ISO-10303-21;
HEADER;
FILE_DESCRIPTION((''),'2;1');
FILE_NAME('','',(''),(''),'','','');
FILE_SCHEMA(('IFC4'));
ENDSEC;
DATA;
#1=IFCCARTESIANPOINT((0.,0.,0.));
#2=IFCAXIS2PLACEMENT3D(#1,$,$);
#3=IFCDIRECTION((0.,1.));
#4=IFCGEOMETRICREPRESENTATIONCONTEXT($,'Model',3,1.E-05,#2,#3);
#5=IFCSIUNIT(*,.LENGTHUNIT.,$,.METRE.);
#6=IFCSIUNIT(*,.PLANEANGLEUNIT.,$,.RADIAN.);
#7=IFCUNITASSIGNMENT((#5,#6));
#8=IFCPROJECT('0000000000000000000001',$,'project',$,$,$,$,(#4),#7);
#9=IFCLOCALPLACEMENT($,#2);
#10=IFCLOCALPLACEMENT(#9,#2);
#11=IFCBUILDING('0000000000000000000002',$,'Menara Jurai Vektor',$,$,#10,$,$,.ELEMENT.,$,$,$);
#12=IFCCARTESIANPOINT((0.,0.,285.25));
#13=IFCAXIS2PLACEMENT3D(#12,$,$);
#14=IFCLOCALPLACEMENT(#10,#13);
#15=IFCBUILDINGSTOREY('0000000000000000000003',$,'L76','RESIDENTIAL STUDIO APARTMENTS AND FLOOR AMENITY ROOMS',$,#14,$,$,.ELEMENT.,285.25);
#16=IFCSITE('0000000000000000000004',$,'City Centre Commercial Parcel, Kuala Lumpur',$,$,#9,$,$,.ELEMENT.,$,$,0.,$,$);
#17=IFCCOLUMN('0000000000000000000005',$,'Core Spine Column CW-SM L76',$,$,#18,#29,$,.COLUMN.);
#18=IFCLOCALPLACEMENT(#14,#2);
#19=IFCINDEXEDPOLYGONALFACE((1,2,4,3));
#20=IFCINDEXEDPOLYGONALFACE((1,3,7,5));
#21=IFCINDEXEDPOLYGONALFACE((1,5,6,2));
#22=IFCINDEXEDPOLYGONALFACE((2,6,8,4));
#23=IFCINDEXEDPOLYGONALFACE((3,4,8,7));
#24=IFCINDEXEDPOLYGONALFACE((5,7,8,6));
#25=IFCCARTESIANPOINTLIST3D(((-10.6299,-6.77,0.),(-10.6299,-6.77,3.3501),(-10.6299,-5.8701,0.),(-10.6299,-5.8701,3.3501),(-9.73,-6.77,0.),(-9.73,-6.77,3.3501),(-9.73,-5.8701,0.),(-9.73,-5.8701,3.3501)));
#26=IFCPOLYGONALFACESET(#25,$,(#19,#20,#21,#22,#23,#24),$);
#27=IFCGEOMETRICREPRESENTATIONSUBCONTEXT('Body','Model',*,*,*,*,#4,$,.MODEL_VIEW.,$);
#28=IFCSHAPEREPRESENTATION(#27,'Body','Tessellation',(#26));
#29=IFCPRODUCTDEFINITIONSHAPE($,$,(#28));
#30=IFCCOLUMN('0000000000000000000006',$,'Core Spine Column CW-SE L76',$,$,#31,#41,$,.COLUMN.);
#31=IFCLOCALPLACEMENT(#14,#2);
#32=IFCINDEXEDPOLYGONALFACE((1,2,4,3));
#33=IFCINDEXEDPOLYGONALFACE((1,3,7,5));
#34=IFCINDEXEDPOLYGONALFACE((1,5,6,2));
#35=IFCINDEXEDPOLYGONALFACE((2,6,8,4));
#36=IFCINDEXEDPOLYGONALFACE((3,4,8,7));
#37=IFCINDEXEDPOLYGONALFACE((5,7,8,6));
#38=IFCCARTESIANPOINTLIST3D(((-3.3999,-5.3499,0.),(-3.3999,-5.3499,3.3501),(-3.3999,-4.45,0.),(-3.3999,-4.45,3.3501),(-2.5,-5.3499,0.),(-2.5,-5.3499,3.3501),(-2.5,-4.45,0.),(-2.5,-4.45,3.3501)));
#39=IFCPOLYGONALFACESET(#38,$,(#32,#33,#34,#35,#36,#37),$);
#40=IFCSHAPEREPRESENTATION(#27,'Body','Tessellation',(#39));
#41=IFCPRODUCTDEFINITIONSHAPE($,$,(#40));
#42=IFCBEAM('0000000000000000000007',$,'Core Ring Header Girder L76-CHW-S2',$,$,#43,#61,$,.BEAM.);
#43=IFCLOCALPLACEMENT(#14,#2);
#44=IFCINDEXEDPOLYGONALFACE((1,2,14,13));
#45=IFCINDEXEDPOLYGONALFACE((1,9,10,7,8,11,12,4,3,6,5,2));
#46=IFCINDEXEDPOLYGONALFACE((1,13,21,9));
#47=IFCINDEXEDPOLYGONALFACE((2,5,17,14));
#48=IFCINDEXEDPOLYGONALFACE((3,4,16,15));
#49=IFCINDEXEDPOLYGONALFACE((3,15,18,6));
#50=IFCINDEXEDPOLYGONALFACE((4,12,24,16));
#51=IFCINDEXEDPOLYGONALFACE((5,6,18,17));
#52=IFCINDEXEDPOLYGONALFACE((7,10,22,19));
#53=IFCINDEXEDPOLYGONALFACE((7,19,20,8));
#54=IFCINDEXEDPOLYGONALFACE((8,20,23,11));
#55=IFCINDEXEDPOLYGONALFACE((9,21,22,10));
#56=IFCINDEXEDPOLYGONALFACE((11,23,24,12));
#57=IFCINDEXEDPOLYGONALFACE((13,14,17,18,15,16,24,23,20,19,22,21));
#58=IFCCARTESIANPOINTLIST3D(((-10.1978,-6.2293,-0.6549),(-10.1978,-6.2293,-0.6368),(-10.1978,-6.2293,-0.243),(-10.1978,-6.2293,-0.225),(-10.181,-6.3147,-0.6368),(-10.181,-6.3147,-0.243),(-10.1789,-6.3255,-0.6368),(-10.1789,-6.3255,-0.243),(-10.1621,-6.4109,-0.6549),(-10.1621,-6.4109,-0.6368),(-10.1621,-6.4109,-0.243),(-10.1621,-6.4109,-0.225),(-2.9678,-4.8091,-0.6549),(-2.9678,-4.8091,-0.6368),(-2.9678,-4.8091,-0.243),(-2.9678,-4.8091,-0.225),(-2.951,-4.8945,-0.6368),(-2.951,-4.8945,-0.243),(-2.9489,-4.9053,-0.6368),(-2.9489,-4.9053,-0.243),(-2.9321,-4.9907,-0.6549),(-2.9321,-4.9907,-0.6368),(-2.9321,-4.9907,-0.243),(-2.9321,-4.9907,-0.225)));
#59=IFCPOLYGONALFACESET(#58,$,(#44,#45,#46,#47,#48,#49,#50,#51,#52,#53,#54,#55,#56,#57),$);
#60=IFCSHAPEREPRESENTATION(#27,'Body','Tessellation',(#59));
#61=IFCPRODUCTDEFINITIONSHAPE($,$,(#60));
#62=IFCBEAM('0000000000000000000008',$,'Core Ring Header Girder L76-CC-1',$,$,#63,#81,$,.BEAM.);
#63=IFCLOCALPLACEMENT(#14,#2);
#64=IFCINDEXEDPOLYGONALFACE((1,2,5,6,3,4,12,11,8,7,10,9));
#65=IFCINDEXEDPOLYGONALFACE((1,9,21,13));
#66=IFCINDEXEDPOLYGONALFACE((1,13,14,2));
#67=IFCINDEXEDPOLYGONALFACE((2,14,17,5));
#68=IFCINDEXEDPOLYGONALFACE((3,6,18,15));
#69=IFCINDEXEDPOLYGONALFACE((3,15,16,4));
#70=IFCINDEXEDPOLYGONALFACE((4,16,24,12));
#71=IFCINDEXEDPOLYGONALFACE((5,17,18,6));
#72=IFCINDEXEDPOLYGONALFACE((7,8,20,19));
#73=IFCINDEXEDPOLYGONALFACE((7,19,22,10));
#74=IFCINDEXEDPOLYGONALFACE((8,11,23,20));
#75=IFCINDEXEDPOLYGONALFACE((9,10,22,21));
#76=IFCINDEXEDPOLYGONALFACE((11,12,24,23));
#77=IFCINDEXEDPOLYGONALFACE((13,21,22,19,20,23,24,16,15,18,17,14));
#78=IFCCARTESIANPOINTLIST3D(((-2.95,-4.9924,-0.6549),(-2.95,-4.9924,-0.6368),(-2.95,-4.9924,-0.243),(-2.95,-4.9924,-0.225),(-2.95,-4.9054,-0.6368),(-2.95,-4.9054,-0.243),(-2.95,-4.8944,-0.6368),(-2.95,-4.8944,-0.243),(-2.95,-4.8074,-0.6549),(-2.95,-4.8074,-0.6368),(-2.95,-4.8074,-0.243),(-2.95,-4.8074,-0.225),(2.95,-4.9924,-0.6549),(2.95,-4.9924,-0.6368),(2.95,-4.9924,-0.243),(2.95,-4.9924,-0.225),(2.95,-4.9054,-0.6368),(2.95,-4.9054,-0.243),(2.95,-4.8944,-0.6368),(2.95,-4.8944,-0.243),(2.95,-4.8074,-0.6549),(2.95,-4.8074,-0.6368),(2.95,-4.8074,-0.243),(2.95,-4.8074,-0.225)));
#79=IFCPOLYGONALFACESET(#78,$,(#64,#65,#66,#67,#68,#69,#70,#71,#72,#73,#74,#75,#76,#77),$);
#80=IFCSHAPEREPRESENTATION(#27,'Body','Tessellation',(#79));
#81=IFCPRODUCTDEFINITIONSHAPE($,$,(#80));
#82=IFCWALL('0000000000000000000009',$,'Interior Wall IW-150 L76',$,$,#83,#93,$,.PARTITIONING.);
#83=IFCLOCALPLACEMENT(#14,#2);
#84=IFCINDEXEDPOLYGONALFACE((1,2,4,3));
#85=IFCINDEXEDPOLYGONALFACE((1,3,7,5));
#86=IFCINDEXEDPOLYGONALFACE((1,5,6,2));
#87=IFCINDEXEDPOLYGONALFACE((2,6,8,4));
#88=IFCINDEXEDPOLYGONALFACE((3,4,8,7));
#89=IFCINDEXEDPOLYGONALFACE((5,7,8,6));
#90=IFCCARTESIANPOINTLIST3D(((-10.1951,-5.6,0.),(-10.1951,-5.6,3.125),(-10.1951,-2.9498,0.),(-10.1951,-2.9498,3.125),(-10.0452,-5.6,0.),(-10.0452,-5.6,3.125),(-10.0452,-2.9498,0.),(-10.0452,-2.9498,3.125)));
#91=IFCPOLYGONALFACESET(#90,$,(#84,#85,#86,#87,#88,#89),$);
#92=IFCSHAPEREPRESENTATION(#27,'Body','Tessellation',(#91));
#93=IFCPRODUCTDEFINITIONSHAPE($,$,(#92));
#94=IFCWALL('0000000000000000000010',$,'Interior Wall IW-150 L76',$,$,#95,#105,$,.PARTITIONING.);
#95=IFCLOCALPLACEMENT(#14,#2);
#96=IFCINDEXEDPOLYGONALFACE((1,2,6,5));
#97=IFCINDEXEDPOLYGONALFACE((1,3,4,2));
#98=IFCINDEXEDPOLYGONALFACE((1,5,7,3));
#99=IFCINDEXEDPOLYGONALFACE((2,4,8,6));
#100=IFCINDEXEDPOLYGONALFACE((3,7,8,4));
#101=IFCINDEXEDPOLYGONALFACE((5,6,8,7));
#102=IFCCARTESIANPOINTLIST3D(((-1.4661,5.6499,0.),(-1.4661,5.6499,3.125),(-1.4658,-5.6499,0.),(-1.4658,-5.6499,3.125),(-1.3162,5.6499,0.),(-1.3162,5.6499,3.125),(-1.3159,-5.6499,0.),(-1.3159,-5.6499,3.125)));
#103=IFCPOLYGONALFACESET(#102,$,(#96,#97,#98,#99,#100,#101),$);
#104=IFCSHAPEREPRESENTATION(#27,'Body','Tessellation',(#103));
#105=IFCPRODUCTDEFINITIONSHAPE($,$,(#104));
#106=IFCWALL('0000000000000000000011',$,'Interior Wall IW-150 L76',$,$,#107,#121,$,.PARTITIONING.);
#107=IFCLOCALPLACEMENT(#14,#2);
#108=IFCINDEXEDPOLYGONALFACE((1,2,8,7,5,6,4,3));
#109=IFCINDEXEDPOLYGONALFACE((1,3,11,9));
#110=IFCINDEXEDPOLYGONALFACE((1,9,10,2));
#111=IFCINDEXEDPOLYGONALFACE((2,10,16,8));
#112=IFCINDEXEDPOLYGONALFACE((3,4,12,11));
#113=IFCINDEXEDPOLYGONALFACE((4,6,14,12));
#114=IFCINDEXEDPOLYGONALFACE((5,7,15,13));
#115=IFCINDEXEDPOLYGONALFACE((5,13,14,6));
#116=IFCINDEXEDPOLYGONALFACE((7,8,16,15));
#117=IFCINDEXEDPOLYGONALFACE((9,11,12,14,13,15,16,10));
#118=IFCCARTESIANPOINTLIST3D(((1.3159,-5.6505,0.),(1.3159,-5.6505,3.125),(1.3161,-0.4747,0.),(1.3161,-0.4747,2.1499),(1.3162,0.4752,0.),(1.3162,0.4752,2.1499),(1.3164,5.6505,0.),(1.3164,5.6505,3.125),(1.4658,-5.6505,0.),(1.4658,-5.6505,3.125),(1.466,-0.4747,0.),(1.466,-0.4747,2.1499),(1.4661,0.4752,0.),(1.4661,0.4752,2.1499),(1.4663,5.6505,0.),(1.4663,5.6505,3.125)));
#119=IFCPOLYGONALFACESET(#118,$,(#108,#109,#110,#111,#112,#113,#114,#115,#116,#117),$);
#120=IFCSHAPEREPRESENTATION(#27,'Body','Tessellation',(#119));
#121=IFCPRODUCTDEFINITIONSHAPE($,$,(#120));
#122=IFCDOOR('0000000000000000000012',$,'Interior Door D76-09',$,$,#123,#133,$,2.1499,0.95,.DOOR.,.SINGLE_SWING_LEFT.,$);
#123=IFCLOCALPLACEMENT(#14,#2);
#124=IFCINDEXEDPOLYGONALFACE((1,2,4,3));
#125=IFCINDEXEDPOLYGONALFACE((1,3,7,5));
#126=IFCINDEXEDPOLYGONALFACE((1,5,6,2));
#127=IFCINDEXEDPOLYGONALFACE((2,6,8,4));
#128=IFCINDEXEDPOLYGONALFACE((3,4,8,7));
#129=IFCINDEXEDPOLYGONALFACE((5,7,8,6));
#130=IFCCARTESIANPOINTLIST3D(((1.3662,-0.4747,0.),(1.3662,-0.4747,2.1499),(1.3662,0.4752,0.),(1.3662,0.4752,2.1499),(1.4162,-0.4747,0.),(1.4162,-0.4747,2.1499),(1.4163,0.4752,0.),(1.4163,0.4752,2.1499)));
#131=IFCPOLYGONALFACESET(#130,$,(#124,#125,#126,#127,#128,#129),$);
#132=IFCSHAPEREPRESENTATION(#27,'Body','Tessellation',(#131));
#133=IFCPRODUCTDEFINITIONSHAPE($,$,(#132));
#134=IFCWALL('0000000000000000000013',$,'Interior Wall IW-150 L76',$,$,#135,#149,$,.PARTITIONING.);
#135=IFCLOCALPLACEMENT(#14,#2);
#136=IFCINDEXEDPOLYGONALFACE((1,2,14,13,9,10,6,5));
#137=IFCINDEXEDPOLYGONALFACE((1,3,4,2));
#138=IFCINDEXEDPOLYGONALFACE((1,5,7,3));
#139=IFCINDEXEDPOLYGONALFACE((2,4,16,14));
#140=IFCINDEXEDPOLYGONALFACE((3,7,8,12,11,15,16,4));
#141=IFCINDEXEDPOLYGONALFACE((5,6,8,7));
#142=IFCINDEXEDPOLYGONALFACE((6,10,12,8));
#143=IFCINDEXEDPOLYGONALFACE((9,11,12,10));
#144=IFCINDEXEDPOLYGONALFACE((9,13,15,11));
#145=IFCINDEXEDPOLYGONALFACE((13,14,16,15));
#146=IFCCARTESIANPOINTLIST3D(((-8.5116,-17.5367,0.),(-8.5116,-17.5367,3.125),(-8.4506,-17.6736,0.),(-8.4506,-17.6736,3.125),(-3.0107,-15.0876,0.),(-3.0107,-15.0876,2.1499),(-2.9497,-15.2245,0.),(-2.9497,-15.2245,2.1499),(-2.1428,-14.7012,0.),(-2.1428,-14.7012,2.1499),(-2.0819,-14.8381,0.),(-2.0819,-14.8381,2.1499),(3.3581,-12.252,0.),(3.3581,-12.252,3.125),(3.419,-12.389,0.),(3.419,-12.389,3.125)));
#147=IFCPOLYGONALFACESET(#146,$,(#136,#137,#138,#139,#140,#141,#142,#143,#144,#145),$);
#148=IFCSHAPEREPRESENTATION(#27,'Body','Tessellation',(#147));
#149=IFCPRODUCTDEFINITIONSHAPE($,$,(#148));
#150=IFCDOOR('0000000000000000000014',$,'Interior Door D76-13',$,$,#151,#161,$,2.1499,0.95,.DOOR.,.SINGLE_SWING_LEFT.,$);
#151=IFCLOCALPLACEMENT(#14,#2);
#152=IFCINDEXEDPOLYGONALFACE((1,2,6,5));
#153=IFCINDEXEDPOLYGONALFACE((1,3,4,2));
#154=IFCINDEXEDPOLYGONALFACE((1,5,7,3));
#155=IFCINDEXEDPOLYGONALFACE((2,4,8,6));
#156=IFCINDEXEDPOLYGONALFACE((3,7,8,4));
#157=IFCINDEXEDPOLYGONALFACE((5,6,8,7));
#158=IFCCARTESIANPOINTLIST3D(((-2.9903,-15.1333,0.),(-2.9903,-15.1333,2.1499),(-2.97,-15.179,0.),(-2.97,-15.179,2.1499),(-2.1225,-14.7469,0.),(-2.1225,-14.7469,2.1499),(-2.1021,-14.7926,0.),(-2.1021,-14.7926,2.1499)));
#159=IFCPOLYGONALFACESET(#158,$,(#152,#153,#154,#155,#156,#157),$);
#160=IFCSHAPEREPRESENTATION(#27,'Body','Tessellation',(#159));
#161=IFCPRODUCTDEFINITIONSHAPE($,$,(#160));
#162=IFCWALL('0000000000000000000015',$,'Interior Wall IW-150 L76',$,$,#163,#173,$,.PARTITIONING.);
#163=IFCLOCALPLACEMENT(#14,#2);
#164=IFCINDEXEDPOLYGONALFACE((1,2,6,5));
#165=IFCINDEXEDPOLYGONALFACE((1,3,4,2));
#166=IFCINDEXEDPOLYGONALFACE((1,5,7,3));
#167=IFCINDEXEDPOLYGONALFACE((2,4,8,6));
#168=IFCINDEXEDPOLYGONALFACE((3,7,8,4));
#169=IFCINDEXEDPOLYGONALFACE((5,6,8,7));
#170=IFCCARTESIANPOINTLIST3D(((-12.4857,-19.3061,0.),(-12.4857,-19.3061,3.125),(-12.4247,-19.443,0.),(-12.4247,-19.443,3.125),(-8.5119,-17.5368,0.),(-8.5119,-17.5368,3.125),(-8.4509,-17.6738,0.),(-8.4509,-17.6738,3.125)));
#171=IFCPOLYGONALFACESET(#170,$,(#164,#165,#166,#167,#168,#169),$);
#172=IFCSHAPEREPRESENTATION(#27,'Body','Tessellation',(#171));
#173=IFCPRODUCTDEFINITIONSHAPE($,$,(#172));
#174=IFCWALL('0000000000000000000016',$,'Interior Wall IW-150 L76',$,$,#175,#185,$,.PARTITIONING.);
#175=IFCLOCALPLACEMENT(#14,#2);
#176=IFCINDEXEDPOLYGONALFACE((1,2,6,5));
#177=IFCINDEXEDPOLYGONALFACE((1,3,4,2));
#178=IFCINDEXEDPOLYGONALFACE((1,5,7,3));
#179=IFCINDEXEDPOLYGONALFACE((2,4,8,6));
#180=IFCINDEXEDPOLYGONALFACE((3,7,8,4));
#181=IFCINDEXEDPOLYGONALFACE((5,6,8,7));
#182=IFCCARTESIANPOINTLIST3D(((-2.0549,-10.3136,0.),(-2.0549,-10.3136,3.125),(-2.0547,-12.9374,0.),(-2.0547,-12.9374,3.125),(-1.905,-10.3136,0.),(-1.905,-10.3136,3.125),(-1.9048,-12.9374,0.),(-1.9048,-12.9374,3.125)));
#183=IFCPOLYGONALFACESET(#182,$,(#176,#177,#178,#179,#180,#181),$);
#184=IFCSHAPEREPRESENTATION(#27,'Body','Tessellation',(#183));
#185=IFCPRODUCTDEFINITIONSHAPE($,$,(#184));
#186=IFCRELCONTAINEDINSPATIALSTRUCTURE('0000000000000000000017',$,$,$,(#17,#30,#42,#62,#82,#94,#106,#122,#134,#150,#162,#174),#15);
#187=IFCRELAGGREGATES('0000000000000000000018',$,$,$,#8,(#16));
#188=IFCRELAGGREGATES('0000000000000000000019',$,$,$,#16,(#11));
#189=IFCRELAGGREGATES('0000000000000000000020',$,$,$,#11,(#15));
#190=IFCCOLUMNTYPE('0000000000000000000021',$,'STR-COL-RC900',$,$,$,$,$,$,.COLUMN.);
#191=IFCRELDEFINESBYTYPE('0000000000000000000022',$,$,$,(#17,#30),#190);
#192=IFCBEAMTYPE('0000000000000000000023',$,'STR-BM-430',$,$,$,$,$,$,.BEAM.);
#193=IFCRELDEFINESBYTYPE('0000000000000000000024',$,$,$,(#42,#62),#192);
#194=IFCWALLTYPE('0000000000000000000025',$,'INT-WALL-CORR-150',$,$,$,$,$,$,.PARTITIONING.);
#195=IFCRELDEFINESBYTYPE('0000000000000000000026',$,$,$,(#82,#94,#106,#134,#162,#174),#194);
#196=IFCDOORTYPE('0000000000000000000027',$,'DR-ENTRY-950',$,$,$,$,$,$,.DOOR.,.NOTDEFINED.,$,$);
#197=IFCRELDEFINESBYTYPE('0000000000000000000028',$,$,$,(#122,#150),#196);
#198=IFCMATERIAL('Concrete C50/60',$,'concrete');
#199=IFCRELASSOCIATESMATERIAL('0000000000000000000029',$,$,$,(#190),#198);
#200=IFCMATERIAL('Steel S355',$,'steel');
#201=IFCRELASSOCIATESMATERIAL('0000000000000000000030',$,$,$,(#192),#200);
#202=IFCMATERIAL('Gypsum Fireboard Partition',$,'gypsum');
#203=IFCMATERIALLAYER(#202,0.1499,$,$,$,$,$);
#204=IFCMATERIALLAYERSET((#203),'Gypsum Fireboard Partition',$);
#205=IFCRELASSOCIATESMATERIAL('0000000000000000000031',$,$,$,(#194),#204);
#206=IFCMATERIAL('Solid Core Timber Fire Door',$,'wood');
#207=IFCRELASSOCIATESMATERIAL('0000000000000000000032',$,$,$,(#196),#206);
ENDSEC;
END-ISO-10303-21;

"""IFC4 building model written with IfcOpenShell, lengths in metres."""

from ifc_helpers import new_model, si_unit, direction, frame, frame_2d, origin, origin_2d, place, context, subcontext, project, spatial, rectangle, i_section, extrude, material, layer, layer_set, material_profile, profile_set, type_object, element, fill, save


model = new_model("IFC4")

# Units and contexts
model_context = context("Model", 3, precision=1e-05, world=origin(), true_north=direction((0.0, 1.0)))
body_context = subcontext(model_context, "Body", "Model", "MODEL_VIEW")
ifc_project = project(units=[si_unit("LENGTHUNIT", "METRE"), si_unit("PLANEANGLEUNIT", "RADIAN")], contexts=[model_context])

# Site, building, storey
site_placement = place(None, origin())
site = spatial("IfcSite", under=ifc_project, at=site_placement, Name="City Centre Commercial Parcel, Kuala Lumpur", CompositionType="ELEMENT", RefElevation=0.0)
building_placement = place(site_placement, origin())
building = spatial("IfcBuilding", under=site, at=building_placement, Name="Menara Jurai Vektor", CompositionType="ELEMENT")
storey_placement = place(building_placement, frame((0.0, 0.0, 285.25)))
storey = spatial("IfcBuildingStorey", under=building, at=storey_placement, Name="L76", Description="RESIDENTIAL STUDIO APARTMENTS AND FLOOR AMENITY ROOMS", CompositionType="ELEMENT", Elevation=285.25)

# Columns
ifc_material_1 = material(Name="Concrete C50/60", Category="concrete")
ifc_material_profile_1 = material_profile(ifc_material_1, rectangle(XDim=0.8999, YDim=0.8999, at=origin_2d()), Name="RC 900x900")
ifc_profile_set_1 = profile_set([ifc_material_profile_1], Name="Concrete C50/60")
column_type = type_object("IfcColumnType", Name="STR-COL-RC900", PredefinedType="COLUMN", material=ifc_profile_set_1)
for number, where, z_axis, x_axis, name in (
    (1, (-10.1799, -6.3201, 0.0), (0.0, 0.0, 1.0), (1.0, 0.0, 0.0), "Core Spine Column CW-SM L76"),
    (2, (-2.95, -4.8999, 0.0), (0.0, 0.0, 1.0), (1.0, 0.0, 0.0), "Core Spine Column CW-SE L76"),
):
    element("IfcColumn", number, at=place(storey_placement, frame(where, z_axis=z_axis, x_axis=x_axis)), inside=storey, type_object=column_type, Name=name, PredefinedType="COLUMN", context=body_context, shape_type="SweptSolid", body=[
        extrude(rectangle(XDim=0.8999, YDim=0.8999, at=origin_2d()), origin(), (0.0, 0.0, 1.0), 3.3501),
    ])

# Beams
ifc_material_2 = material(Name="Steel S355", Category="steel")
ifc_material_profile_2 = material_profile(ifc_material_2, i_section(OverallWidth=0.1851, OverallDepth=0.4299, WebThickness=0.011, FlangeThickness=0.0181, at=origin_2d()), Name="PG 430x185x76")
ifc_profile_set_2 = profile_set([ifc_material_profile_2], Name="Steel S355")
beam_type = type_object("IfcBeamType", Name="STR-BM-430", PredefinedType="BEAM", material=ifc_profile_set_2)
beam_1_placement = place(storey_placement, frame((-10.1799, -6.3201, -0.4399), z_axis=(0.981249, 0.192744, 0.0), x_axis=(-0.192744, 0.981249, 0.0)))
element("IfcBeam", 3, at=beam_1_placement, inside=storey, type_object=beam_type, Name="Core Ring Header Girder L76-CHW-S2", PredefinedType="BEAM", context=body_context, shape_type="SweptSolid", body=[
    extrude(i_section(OverallWidth=0.1851, OverallDepth=0.4299, WebThickness=0.011, FlangeThickness=0.0181, at=origin_2d()), origin(), (0.0, 0.0, 1.0), 7.3682),
])
beam_2_placement = place(storey_placement, frame((-2.95, -4.8999, -0.4399), z_axis=(1.0, 0.0, 0.0), x_axis=(0.0, 1.0, 0.0)))
element("IfcBeam", 4, at=beam_2_placement, inside=storey, type_object=beam_type, Name="Core Ring Header Girder L76-CC-1", PredefinedType="BEAM", context=body_context, shape_type="SweptSolid", body=[
    extrude(i_section(OverallWidth=0.1851, OverallDepth=0.4299, WebThickness=0.011, FlangeThickness=0.0181, at=origin_2d()), origin(), (0.0, 0.0, 1.0), 5.8999),
])

# Walls
ifc_material_3 = material(Name="Gypsum Fireboard Partition", Category="gypsum")
ifc_layer_1 = layer(ifc_material_3, 0.1499)
ifc_layer_set_1 = layer_set([ifc_layer_1], Name="Gypsum Fireboard Partition")
wall_type_1 = type_object("IfcWallType", Name="INT-WALL-CORR-150", PredefinedType="PARTITIONING", material=ifc_layer_set_1)
wall_1_placement = place(storey_placement, frame((-10.1201, -5.6001, 0.0), z_axis=(0.0, 0.0, 1.0), x_axis=(0.0, 1.0, 0.0)))
element("IfcWall", 5, at=wall_1_placement, inside=storey, type_object=wall_type_1, Name="Interior Wall IW-150 L76", PredefinedType="PARTITIONING", context=body_context, shape_type="SweptSolid", body=[
    extrude(rectangle(XDim=2.6501, YDim=0.1499, at=frame_2d((1.3252, 0.0))), origin(), (0.0, 0.0, 1.0), 3.125),
])
wall_2_placement = place(storey_placement, frame((-1.3909, -5.6499, 0.0), z_axis=(0.0, 0.0, 1.0), x_axis=(-0.000022, 1.0, 0.0)))
element("IfcWall", 6, at=wall_2_placement, inside=storey, type_object=wall_type_1, Name="Interior Wall IW-150 L76", PredefinedType="PARTITIONING", context=body_context, shape_type="SweptSolid", body=[
    extrude(rectangle(XDim=11.2998, YDim=0.1499, at=frame_2d((5.6499, 0.0))), origin(), (0.0, 0.0, 1.0), 3.125),
])

# Walls, openings, doors
wall_3_placement = place(storey_placement, frame((1.3909, -5.6504, 0.0), z_axis=(0.0, 0.0, 1.0), x_axis=(0.000043, 1.0, 0.0)))
wall_3 = element("IfcWall", 7, at=wall_3_placement, inside=storey, type_object=wall_type_1, Name="Interior Wall IW-150 L76", PredefinedType="PARTITIONING", context=body_context, shape_type="SweptSolid", body=[
    extrude(rectangle(XDim=11.301, YDim=0.1499, at=frame_2d((5.6504, 0.0))), origin(), (0.0, 0.0, 1.0), 3.125),
])
opening_1_placement = place(wall_3_placement, frame((5.1755, 0.0, 0.0)))
opening_1 = element("IfcOpeningElement", 8, at=opening_1_placement, cuts=wall_3, PredefinedType="OPENING", context=body_context, shape_type="SweptSolid", body=[
    extrude(rectangle(XDim=0.95, YDim=2.1499, at=frame_2d((0.4751, 1.075))), frame((0.0, 0.085, 0.0), z_axis=(0.0, -1.0, 0.0), x_axis=(1.0, 0.0, 0.0)), (0.0, 0.0, 1.0), 0.1699),
])
ifc_material_4 = material(Name="Solid Core Timber Fire Door", Category="wood")
door_type = type_object("IfcDoorType", Name="DR-ENTRY-950", OperationType="NOTDEFINED", PredefinedType="DOOR", material=ifc_material_4)
door_1_placement = place(opening_1_placement, origin())
door_1 = element("IfcDoor", 9, at=door_1_placement, inside=storey, type_object=door_type, Name="Interior Door D76-09", OperationType="SINGLE_SWING_LEFT", OverallHeight=2.1499, OverallWidth=0.95, PredefinedType="DOOR", context=body_context, shape_type="SweptSolid", body=[
    extrude(rectangle(XDim=0.95, YDim=2.1499, at=frame_2d((0.4751, 1.075))), frame((0.0, 0.0249, 0.0), z_axis=(0.0, -1.0, 0.0), x_axis=(1.0, 0.0, 0.0)), (0.0, 0.0, 1.0), 0.05),
])
fill(opening_1, door_1)
wall_4_placement = place(storey_placement, frame((-8.4812, -17.6052, 0.0), z_axis=(0.0, 0.0, 1.0), x_axis=(0.913546, 0.406735, 0.0)))
wall_4 = element("IfcWall", 10, at=wall_4_placement, inside=storey, type_object=wall_type_1, Name="Interior Wall IW-150 L76", PredefinedType="PARTITIONING", context=body_context, shape_type="SweptSolid", body=[
    extrude(rectangle(XDim=12.9929, YDim=0.1499, at=frame_2d((6.4966, 0.0))), origin(), (0.0, 0.0, 1.0), 3.125),
])
opening_2_placement = place(wall_4_placement, frame((6.0215, 0.0, 0.0)))
opening_2 = element("IfcOpeningElement", 11, at=opening_2_placement, cuts=wall_4, PredefinedType="OPENING", context=body_context, shape_type="SweptSolid", body=[
    extrude(rectangle(XDim=0.95, YDim=2.1499, at=frame_2d((0.4751, 1.075))), frame((0.0, 0.085, 0.0), z_axis=(0.0, -1.0, 0.0), x_axis=(1.0, 0.0, 0.0)), (0.0, 0.0, 1.0), 0.1699),
])
door_2_placement = place(opening_2_placement, origin())
door_2 = element("IfcDoor", 12, at=door_2_placement, inside=storey, type_object=door_type, Name="Interior Door D76-13", OperationType="SINGLE_SWING_LEFT", OverallHeight=2.1499, OverallWidth=0.95, PredefinedType="DOOR", context=body_context, shape_type="SweptSolid", body=[
    extrude(rectangle(XDim=0.95, YDim=2.1499, at=frame_2d((0.4751, 1.075))), frame((0.0, 0.0249, 0.0), z_axis=(0.0, -1.0, 0.0), x_axis=(1.0, 0.0, 0.0)), (0.0, 0.0, 1.0), 0.05),
])
fill(opening_2, door_2)

# Walls
wall_5_placement = place(storey_placement, frame((-12.4551, -19.3745, 0.0), z_axis=(0.0, 0.0, 1.0), x_axis=(0.913545, 0.406737, 0.0)))
element("IfcWall", 13, at=wall_5_placement, inside=storey, type_object=wall_type_1, Name="Interior Wall IW-150 L76", PredefinedType="PARTITIONING", context=body_context, shape_type="SweptSolid", body=[
    extrude(rectangle(XDim=4.3499, YDim=0.1499, at=frame_2d((2.1748, 0.0))), origin(), (0.0, 0.0, 1.0), 3.125),
])
wall_6_placement = place(storey_placement, frame((-1.9797, -12.9375, 0.0), z_axis=(0.0, 0.0, 1.0), x_axis=(-0.000093, 1.0, 0.0)))
element("IfcWall", 14, at=wall_6_placement, inside=storey, type_object=wall_type_1, Name="Interior Wall IW-150 L76", PredefinedType="PARTITIONING", context=body_context, shape_type="SweptSolid", body=[
    extrude(rectangle(XDim=2.6238, YDim=0.1499, at=frame_2d((1.312, 0.0))), origin(), (0.0, 0.0, 1.0), 3.125),
])

save(model, "model.ifc")
